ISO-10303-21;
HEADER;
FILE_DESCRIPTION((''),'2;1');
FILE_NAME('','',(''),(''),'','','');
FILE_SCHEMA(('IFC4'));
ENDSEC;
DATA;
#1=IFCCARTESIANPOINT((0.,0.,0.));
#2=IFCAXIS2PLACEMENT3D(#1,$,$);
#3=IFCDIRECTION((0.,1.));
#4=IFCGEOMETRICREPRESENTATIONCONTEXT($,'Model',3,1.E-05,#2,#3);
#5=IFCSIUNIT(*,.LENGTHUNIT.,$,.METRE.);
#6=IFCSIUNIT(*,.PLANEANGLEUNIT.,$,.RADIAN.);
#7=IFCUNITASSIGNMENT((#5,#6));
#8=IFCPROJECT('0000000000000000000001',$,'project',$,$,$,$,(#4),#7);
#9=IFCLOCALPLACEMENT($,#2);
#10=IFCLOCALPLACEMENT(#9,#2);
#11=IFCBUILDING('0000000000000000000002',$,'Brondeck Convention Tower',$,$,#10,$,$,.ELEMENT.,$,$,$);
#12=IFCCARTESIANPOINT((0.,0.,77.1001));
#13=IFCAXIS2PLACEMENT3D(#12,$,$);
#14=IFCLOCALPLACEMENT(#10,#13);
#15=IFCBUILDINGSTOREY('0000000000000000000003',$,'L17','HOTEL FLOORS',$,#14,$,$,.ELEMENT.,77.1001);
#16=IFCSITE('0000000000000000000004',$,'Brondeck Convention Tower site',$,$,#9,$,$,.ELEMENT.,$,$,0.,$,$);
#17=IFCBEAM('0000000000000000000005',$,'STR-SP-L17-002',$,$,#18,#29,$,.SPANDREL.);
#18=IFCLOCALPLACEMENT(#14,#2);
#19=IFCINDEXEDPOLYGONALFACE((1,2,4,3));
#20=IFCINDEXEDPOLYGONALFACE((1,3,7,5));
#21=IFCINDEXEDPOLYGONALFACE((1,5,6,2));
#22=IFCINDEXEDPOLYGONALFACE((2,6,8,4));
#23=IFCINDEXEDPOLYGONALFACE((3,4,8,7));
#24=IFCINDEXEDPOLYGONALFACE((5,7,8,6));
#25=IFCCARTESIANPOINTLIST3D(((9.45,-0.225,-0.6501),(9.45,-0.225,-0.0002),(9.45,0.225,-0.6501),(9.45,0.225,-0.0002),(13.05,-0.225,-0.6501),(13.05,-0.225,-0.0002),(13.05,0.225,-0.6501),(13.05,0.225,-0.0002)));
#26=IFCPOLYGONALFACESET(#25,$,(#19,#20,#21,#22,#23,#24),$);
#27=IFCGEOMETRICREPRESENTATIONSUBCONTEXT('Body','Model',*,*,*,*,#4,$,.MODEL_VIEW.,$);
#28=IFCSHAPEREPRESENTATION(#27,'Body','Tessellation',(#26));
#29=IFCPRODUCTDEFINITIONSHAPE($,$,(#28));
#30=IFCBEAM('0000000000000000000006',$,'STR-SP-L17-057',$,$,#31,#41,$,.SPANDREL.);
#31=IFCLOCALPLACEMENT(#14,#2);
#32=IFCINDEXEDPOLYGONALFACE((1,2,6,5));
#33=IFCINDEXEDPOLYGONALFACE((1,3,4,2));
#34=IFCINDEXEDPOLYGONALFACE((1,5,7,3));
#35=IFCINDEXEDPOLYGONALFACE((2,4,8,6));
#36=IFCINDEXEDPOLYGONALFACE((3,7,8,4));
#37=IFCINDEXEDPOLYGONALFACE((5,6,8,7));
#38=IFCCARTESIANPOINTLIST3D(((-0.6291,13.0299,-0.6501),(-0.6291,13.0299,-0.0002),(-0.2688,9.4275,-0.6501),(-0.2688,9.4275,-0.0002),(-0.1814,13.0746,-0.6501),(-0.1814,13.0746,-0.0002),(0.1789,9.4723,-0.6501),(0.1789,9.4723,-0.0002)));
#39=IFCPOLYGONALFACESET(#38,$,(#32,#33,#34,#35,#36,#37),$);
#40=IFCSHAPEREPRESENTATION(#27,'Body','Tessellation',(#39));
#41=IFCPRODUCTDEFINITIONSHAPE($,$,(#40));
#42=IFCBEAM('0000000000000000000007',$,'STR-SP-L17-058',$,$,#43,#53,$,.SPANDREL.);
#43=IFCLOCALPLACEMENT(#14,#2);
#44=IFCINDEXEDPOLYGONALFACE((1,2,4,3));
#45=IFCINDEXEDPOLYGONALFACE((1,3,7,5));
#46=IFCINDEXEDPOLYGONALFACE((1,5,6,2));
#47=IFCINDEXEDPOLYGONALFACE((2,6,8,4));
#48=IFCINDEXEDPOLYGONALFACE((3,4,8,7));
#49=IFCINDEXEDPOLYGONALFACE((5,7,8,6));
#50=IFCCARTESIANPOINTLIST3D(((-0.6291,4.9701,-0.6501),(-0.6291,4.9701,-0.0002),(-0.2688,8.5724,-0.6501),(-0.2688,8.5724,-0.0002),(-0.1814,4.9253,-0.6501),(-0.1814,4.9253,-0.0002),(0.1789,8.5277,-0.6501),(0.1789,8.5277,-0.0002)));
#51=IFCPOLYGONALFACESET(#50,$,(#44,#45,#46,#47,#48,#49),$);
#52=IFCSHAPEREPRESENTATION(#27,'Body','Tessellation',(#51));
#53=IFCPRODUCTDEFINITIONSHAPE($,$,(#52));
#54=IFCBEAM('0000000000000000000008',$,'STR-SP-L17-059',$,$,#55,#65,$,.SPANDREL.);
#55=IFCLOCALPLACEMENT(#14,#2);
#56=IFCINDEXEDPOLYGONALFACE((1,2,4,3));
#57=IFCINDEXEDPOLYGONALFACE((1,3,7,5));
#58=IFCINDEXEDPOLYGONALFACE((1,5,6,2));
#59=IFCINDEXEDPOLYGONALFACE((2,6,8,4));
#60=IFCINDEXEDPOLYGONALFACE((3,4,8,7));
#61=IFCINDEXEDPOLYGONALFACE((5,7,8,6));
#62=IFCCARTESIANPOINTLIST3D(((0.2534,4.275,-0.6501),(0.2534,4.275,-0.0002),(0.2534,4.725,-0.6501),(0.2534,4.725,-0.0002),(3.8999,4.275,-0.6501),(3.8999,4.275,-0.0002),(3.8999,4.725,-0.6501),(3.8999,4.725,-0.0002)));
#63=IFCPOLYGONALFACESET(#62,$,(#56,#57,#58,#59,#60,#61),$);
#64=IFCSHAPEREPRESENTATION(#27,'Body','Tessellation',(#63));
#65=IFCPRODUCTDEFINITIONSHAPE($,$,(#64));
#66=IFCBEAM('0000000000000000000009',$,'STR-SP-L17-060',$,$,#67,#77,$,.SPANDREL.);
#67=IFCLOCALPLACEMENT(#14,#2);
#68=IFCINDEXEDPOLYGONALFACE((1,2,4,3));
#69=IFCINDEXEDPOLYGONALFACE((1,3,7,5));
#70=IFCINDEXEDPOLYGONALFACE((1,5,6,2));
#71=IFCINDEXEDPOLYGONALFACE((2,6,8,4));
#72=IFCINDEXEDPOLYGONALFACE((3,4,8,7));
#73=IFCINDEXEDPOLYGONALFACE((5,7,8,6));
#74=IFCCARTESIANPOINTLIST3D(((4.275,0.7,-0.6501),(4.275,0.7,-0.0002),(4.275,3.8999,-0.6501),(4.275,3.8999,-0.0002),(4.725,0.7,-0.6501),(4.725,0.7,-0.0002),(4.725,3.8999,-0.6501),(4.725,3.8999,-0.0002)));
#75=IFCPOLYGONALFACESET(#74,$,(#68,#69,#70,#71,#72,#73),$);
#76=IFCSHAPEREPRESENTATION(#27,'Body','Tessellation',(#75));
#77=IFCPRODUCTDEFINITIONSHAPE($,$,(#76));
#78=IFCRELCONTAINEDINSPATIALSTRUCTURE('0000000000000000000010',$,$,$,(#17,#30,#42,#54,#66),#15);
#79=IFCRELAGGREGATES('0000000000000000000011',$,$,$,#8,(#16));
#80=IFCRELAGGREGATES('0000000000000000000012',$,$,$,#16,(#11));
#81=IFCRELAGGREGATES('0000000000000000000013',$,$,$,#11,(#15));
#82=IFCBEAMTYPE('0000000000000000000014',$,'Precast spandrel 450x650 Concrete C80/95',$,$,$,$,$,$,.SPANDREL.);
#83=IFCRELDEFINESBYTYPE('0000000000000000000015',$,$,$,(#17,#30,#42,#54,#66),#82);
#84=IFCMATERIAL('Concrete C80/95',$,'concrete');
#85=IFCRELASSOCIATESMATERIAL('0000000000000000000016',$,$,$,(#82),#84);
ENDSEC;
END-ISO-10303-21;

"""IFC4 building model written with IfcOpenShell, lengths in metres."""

from ifc_helpers import new_model, si_unit, direction, frame, origin, origin_2d, place, context, subcontext, project, spatial, rectangle, extrude, material, material_profile, profile_set, type_object, element, save


model = new_model("IFC4")

# Units and contexts
model_context = context("Model", 3, precision=1e-05, world=origin(), true_north=direction((0.0, 1.0)))
body_context = subcontext(model_context, "Body", "Model", "MODEL_VIEW")
ifc_project = project(units=[si_unit("LENGTHUNIT", "METRE"), si_unit("PLANEANGLEUNIT", "RADIAN")], contexts=[model_context])

# Site, building, storey
site_placement = place(None, origin())
site = spatial("IfcSite", under=ifc_project, at=site_placement, Name="Brondeck Convention Tower site", CompositionType="ELEMENT", RefElevation=0.0)
building_placement = place(site_placement, origin())
building = spatial("IfcBuilding", under=site, at=building_placement, Name="Brondeck Convention Tower", CompositionType="ELEMENT")
storey_placement = place(building_placement, frame((0.0, 0.0, 77.1001)))
storey = spatial("IfcBuildingStorey", under=building, at=storey_placement, Name="L17", Description="HOTEL FLOORS", CompositionType="ELEMENT", Elevation=77.1001)

# Shared definitions
ifc_material_1 = material(Name="Concrete C80/95", Category="concrete")

# Beams
ifc_material_profile_1 = material_profile(ifc_material_1, rectangle(XDim=0.45, YDim=0.6499, at=origin_2d()), Name="Precast spandrel 450x650 Concrete C80/95")
ifc_profile_set_1 = profile_set([ifc_material_profile_1], Name="Concrete C80/95")
beam_type_1 = type_object("IfcBeamType", Name="Precast spandrel 450x650 Concrete C80/95", PredefinedType="SPANDREL", material=ifc_profile_set_1)
for number, where, z_axis, x_axis, name in (
    (1, (9.45, 0.0, -0.3252), (1.0, 0.0, 0.0), (0.0, 1.0, 0.0), "STR-SP-L17-002"),
):
    element("IfcBeam", number, at=place(storey_placement, frame(where, z_axis=z_axis, x_axis=x_axis)), inside=storey, type_object=beam_type_1, Name=name, PredefinedType="SPANDREL", context=body_context, shape_type="SweptSolid", body=[
        extrude(rectangle(XDim=0.45, YDim=0.6499, at=origin_2d()), origin(), (0.0, 0.0, 1.0), 3.6001),
    ])
for number, where, z_axis, x_axis, name in (
    (2, (-0.4053, 13.0522, -0.3252), (0.099537, -0.995034, 0.0), (0.995034, 0.099537, 0.0), "STR-SP-L17-057"),
    (3, (-0.0449, 8.55, -0.3252), (-0.099537, -0.995034, 0.0), (0.995034, -0.099537, 0.0), "STR-SP-L17-058"),
):
    element("IfcBeam", number, at=place(storey_placement, frame(where, z_axis=z_axis, x_axis=x_axis)), inside=storey, type_object=beam_type_1, Name=name, PredefinedType="SPANDREL", context=body_context, shape_type="SweptSolid", body=[
        extrude(rectangle(XDim=0.45, YDim=0.6499, at=origin_2d()), origin(), (0.0, 0.0, 1.0), 3.6204),
    ])
beam_1_placement = place(storey_placement, frame((0.2534, 4.5, -0.3252), z_axis=(1.0, 0.0, 0.0), x_axis=(0.0, 1.0, 0.0)))
element("IfcBeam", 4, at=beam_1_placement, inside=storey, type_object=beam_type_1, Name="STR-SP-L17-059", PredefinedType="SPANDREL", context=body_context, shape_type="SweptSolid", body=[
    extrude(rectangle(XDim=0.45, YDim=0.6499, at=origin_2d()), origin(), (0.0, 0.0, 1.0), 3.6465),
])
beam_2_placement = place(storey_placement, frame((4.5, 3.8999, -0.3252), z_axis=(0.0, -1.0, 0.0), x_axis=(1.0, 0.0, 0.0)))
element("IfcBeam", 5, at=beam_2_placement, inside=storey, type_object=beam_type_1, Name="STR-SP-L17-060", PredefinedType="SPANDREL", context=body_context, shape_type="SweptSolid", body=[
    extrude(rectangle(XDim=0.45, YDim=0.6499, at=origin_2d()), origin(), (0.0, 0.0, 1.0), 3.2),
])

save(model, "model.ifc")
